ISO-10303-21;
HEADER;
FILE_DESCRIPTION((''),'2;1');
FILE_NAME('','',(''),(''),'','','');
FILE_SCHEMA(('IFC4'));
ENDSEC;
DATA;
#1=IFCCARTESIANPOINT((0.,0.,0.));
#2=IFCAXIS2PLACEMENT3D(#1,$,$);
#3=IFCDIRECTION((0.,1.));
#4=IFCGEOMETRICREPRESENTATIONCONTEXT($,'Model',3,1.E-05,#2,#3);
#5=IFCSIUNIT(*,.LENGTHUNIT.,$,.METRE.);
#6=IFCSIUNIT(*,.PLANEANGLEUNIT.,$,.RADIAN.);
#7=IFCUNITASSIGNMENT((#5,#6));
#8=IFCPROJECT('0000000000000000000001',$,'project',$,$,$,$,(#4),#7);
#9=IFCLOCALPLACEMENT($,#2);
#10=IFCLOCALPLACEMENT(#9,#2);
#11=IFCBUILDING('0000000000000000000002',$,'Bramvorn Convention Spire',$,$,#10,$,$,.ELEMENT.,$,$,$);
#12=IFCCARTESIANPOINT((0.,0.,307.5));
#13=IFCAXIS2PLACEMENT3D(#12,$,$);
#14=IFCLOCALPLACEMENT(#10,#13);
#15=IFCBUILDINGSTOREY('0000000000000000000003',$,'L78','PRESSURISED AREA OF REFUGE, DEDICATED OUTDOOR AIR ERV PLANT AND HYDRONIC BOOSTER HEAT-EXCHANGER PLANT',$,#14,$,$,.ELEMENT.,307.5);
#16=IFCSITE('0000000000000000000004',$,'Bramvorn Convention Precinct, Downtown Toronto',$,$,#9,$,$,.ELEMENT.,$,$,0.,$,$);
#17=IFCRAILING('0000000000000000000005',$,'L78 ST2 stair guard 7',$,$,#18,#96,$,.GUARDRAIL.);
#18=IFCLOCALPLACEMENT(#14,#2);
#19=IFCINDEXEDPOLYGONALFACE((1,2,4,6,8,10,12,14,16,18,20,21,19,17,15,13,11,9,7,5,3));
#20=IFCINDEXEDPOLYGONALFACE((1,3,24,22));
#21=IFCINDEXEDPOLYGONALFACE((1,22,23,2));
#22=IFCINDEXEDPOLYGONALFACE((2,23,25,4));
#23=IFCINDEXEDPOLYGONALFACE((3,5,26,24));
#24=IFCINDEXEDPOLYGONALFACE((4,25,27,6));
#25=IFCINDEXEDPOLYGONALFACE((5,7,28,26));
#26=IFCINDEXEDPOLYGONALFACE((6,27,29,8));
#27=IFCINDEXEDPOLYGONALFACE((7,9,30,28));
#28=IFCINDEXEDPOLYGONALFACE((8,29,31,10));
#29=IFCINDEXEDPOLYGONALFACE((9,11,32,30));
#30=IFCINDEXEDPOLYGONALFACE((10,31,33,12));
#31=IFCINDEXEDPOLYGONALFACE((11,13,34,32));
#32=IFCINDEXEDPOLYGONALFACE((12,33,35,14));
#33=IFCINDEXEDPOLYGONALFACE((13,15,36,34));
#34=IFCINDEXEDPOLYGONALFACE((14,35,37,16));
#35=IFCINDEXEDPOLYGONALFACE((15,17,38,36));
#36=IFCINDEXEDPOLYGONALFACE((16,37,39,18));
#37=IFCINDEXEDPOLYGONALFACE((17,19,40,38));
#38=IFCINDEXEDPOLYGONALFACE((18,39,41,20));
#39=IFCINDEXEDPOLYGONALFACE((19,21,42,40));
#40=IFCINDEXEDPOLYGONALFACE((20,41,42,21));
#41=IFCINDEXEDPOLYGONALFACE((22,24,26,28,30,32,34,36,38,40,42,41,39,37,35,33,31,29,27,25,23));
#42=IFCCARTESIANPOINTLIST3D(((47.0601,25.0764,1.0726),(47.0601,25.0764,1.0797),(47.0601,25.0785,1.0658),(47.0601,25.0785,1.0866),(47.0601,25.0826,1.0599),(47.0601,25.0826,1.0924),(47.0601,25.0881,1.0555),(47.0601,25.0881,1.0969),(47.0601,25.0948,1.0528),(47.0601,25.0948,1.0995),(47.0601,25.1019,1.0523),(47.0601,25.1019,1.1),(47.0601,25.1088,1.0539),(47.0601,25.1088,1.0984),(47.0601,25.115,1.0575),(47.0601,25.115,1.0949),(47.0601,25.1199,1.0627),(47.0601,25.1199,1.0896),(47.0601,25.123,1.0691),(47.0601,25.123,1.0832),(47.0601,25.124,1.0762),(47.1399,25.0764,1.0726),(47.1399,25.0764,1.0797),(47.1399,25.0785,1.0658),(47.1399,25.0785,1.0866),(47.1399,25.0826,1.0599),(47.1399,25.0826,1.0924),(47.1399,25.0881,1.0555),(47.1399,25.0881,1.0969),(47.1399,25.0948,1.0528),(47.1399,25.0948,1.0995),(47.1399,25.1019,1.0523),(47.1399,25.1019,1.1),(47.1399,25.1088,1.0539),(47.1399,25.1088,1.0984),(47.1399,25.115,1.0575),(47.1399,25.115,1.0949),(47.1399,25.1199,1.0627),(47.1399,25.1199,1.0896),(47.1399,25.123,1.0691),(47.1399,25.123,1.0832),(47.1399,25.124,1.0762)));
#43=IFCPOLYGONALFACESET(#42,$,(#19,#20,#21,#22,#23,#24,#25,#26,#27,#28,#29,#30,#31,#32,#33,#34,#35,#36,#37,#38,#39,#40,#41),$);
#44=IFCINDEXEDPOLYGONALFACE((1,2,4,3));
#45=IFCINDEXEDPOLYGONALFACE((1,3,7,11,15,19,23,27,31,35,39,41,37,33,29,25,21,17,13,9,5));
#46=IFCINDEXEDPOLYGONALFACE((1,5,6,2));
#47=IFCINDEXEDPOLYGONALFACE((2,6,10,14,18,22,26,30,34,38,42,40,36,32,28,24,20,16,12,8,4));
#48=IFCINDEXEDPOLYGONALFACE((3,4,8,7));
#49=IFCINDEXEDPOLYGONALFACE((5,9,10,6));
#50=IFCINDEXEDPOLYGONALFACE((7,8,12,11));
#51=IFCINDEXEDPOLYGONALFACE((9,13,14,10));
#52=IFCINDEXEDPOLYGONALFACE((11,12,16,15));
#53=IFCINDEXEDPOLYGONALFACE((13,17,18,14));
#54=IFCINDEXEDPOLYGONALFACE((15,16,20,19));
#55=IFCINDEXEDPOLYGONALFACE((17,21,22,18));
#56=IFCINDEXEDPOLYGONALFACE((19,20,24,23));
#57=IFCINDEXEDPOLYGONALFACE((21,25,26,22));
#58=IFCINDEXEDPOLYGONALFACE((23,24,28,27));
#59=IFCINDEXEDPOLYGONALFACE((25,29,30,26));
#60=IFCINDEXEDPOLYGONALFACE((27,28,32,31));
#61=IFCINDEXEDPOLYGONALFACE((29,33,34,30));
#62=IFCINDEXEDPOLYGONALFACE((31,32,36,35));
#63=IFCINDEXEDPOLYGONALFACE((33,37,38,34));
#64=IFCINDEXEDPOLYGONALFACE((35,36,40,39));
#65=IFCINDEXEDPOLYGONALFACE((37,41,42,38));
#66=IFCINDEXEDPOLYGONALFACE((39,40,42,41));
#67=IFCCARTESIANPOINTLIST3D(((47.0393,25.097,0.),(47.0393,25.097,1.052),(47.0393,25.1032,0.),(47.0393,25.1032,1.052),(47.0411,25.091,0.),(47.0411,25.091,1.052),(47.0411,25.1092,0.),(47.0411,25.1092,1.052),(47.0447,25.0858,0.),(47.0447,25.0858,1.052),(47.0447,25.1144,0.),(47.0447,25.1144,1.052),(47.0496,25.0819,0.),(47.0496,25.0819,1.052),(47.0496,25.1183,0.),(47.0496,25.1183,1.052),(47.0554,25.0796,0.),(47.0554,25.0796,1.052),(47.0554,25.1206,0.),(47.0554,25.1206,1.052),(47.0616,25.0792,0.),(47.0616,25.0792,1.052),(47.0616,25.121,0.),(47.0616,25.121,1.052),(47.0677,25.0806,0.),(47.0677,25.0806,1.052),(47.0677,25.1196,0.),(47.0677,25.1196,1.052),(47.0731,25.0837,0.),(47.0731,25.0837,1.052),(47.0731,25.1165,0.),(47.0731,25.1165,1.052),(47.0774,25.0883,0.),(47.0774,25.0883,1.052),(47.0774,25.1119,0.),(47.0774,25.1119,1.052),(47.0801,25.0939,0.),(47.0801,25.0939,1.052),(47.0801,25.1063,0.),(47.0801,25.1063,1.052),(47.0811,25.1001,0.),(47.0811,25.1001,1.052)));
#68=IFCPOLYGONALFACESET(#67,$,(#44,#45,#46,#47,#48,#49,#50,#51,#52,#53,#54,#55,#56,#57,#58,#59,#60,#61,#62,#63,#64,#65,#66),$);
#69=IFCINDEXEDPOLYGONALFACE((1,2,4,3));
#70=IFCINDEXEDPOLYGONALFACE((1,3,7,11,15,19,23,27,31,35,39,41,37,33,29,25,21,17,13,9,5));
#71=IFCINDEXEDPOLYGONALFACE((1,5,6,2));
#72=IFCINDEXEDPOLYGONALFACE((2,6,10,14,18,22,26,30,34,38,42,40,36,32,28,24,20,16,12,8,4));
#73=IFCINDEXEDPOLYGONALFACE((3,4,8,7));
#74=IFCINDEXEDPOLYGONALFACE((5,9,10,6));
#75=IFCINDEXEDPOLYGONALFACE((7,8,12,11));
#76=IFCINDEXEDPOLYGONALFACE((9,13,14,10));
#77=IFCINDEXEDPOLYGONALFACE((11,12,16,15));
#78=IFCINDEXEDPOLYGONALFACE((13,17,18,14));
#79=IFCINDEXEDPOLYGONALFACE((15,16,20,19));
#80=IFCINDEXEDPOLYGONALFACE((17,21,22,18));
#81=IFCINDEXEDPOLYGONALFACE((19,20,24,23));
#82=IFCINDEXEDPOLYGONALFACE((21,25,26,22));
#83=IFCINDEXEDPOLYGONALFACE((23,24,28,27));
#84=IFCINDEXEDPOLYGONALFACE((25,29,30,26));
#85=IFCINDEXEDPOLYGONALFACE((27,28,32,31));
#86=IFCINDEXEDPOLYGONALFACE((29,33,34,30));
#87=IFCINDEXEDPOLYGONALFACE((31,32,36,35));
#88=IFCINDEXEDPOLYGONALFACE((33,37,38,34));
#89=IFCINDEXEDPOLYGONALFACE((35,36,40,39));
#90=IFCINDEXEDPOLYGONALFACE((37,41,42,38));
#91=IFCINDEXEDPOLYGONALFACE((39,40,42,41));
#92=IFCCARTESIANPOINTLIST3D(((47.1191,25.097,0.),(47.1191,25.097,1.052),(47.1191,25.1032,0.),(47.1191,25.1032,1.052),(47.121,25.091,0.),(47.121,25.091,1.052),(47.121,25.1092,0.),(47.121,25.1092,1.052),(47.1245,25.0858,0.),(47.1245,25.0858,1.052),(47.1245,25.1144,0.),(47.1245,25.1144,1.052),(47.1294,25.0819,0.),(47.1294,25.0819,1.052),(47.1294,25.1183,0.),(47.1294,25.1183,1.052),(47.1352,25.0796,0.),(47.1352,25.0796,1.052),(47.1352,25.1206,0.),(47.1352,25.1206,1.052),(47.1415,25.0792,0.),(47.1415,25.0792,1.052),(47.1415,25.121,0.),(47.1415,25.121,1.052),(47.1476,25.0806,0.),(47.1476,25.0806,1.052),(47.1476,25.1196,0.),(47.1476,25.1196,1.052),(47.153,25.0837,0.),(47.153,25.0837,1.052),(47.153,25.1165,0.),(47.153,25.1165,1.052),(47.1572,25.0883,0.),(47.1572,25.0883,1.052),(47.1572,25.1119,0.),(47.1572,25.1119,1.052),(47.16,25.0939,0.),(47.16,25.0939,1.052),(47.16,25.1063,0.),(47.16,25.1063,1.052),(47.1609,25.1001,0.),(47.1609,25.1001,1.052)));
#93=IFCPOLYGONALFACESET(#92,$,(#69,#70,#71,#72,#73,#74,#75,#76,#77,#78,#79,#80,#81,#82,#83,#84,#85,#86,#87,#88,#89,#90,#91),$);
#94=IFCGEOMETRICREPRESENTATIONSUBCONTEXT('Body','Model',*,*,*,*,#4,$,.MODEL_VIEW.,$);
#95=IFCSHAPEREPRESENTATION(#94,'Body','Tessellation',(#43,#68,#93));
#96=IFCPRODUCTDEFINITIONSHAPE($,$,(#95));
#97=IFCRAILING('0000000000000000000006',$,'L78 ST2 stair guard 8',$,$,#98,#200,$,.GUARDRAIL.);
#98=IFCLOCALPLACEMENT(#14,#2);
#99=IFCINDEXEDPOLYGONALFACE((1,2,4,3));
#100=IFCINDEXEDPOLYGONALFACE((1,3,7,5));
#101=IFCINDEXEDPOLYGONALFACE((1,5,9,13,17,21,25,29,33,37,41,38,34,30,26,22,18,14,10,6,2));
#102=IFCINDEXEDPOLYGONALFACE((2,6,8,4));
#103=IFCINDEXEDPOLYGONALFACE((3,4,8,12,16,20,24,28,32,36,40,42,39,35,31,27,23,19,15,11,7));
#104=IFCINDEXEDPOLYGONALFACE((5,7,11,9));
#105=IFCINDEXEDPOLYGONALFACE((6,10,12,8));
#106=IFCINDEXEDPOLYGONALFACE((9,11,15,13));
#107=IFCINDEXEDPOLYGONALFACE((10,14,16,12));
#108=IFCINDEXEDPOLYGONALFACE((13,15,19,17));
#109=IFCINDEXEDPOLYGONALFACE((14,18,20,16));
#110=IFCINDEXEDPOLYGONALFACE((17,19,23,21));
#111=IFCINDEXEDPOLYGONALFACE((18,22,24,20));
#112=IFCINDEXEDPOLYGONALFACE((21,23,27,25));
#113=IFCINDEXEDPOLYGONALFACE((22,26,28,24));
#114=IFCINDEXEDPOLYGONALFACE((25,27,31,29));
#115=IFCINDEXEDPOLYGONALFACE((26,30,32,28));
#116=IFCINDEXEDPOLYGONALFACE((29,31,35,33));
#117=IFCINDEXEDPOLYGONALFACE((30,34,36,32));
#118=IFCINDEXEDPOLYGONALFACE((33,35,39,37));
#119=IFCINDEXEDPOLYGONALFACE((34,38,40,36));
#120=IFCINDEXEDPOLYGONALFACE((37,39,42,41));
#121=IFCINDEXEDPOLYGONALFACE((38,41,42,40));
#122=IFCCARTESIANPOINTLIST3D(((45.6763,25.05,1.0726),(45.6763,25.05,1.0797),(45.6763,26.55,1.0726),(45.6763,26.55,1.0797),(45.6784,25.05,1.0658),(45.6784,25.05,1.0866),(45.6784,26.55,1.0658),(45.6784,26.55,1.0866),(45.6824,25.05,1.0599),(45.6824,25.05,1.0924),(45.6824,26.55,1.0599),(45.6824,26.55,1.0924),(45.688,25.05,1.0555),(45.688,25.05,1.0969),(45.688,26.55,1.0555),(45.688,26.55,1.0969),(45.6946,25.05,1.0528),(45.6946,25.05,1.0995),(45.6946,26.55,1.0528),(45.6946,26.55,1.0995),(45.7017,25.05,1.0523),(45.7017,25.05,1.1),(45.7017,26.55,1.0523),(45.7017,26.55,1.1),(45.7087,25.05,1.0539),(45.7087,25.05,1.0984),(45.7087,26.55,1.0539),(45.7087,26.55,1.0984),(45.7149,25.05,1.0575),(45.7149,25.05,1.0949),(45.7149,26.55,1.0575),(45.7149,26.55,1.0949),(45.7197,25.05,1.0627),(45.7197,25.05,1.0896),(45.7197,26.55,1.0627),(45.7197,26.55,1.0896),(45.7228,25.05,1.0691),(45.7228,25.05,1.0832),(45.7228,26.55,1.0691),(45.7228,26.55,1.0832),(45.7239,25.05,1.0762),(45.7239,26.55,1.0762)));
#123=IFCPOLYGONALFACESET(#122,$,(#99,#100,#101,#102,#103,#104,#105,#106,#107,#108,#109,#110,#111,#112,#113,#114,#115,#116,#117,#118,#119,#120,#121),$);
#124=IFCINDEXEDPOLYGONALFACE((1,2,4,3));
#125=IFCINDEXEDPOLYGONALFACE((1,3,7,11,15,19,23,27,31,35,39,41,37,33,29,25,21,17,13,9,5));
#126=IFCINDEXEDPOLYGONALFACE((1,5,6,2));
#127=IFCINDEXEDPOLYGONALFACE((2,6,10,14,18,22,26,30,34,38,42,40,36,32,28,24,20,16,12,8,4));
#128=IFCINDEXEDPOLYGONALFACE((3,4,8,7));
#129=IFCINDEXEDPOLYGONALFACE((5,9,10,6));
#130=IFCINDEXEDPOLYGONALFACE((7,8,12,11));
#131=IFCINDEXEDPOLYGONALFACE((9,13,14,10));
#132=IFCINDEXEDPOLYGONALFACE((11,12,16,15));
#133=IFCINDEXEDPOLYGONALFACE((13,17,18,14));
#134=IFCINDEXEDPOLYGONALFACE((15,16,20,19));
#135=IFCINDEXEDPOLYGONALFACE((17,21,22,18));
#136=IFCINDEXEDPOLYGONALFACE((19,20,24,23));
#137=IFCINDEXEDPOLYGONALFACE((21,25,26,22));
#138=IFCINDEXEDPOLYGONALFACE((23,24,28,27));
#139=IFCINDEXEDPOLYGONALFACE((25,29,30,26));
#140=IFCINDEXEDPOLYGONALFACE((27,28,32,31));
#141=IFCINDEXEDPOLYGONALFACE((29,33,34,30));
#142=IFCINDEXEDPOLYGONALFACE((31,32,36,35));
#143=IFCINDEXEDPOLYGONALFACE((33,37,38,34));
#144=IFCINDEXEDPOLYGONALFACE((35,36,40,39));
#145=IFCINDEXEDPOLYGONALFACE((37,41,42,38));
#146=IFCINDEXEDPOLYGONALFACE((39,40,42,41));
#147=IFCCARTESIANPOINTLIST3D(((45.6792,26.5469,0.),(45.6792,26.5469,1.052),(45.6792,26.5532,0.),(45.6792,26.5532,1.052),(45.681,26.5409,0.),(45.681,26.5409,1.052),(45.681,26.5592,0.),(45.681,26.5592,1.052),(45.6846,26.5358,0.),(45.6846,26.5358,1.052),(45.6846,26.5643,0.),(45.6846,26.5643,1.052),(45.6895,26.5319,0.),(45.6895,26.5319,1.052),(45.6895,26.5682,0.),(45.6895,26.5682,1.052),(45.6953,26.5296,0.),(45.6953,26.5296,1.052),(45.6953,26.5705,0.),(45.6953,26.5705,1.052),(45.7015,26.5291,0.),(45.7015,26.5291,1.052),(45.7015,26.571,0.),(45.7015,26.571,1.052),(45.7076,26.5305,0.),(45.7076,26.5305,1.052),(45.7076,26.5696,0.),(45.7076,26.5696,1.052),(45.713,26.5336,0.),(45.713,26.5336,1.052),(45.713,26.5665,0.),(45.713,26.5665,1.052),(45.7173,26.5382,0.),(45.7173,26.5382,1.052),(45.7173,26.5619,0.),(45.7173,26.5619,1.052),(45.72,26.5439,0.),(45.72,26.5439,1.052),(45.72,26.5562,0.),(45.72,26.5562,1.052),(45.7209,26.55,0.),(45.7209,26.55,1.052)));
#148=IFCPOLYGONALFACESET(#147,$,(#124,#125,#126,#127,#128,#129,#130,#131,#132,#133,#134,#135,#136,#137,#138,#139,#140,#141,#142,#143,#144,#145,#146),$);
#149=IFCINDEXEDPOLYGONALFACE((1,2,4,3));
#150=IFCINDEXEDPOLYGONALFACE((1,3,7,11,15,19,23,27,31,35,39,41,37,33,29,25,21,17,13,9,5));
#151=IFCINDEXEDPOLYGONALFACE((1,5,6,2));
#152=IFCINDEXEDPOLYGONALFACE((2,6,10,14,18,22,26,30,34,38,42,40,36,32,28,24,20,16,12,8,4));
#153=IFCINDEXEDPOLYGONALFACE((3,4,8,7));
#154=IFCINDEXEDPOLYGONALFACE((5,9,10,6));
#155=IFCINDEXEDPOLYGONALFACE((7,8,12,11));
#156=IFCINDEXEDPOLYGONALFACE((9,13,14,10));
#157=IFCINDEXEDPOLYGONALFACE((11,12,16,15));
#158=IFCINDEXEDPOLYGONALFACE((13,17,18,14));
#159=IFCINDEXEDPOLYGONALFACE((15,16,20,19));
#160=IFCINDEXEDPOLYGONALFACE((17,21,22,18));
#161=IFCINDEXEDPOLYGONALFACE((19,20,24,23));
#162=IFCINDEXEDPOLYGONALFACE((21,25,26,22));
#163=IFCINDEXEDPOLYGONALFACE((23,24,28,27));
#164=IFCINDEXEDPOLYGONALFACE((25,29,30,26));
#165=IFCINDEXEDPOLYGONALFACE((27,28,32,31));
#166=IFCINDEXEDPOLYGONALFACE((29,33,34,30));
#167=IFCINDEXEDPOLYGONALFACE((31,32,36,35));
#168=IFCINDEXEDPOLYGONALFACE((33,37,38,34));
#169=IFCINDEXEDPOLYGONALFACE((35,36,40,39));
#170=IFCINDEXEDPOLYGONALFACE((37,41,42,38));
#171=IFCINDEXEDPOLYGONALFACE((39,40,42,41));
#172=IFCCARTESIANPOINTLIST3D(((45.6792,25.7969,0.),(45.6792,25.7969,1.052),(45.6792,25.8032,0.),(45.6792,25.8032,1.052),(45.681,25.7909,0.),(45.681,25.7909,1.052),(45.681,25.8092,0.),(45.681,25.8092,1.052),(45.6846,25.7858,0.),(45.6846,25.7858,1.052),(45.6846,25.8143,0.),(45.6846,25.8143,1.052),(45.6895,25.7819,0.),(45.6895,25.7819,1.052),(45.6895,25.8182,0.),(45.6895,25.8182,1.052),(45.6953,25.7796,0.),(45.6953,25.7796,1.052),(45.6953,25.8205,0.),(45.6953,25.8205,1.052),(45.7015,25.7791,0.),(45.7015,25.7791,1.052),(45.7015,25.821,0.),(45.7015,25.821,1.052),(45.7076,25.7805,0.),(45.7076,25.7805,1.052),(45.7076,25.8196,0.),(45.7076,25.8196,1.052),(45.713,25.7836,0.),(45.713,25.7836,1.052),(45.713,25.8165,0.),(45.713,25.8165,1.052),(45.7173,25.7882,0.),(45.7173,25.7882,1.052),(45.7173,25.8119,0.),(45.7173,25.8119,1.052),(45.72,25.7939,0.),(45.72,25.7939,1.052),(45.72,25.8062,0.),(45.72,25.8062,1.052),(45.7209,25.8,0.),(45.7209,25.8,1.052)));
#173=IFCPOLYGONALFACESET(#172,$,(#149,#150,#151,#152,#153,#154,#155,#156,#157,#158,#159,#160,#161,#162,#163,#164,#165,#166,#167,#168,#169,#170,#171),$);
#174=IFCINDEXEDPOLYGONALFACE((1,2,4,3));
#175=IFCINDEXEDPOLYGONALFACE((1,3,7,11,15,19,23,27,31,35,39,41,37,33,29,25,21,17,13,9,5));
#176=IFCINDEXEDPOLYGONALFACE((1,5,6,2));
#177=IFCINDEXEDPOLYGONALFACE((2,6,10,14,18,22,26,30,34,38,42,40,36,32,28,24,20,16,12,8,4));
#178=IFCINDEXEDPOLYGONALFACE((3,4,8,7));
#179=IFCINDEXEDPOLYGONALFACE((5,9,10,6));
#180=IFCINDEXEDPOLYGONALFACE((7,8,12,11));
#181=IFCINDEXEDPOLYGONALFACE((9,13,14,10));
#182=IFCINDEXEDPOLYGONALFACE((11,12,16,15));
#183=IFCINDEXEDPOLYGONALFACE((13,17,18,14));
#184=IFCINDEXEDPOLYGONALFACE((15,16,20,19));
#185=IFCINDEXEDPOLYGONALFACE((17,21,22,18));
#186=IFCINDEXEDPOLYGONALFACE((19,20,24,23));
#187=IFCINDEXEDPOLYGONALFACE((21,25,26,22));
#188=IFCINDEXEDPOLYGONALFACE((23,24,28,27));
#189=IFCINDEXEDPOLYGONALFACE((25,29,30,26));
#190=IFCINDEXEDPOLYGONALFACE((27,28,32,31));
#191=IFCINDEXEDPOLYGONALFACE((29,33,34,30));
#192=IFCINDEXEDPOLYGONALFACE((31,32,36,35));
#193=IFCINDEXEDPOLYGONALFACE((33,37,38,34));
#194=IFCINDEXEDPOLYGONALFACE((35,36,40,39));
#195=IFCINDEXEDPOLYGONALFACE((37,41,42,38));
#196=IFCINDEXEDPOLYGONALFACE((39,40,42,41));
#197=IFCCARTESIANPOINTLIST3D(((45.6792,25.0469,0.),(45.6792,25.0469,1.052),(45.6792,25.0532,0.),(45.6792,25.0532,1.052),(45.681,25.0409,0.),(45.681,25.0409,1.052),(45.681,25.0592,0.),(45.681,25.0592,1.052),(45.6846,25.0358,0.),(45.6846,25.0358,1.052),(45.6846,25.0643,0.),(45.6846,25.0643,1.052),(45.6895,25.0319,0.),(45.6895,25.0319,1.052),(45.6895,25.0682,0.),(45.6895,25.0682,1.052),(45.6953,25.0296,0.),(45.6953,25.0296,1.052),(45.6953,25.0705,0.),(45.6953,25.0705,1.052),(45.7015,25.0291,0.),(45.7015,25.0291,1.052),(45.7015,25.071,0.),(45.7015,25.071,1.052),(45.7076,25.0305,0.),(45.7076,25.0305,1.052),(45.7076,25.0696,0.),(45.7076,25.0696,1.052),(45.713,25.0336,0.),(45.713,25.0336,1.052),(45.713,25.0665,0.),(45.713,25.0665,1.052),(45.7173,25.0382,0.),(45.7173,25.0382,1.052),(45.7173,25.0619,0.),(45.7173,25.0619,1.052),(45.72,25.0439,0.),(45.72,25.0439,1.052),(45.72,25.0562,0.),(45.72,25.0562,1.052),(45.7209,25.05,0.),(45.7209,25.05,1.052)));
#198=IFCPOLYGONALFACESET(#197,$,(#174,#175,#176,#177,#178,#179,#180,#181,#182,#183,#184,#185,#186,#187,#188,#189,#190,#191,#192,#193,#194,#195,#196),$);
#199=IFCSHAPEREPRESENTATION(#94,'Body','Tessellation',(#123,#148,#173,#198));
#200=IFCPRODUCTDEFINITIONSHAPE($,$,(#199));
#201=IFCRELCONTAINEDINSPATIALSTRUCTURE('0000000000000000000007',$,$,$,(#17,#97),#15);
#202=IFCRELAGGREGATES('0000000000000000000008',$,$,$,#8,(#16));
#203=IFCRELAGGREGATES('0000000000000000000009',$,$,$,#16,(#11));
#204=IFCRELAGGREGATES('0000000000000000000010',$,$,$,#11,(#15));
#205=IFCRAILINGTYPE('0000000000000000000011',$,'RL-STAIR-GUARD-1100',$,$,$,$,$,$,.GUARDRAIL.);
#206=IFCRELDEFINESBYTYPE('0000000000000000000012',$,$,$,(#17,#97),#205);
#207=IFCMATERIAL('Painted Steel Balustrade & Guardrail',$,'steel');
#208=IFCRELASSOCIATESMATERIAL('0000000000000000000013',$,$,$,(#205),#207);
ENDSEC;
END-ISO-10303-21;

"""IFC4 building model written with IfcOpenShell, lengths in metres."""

from ifc_helpers import new_model, si_unit, direction, frame, origin, origin_2d, place, context, subcontext, project, spatial, circle, extrude, material, type_object, element, save


model = new_model("IFC4")

# Units and contexts
model_context = context("Model", 3, precision=1e-05, world=origin(), true_north=direction((0.0, 1.0)))
body_context = subcontext(model_context, "Body", "Model", "MODEL_VIEW")
ifc_project = project(units=[si_unit("LENGTHUNIT", "METRE"), si_unit("PLANEANGLEUNIT", "RADIAN")], contexts=[model_context])

# Site, building, storey
site_placement = place(None, origin())
site = spatial("IfcSite", under=ifc_project, at=site_placement, Name="Bramvorn Convention Precinct, Downtown Toronto", CompositionType="ELEMENT", RefElevation=0.0)
building_placement = place(site_placement, origin())
building = spatial("IfcBuilding", under=site, at=building_placement, Name="Bramvorn Convention Spire", CompositionType="ELEMENT")
storey_placement = place(building_placement, frame((0.0, 0.0, 307.5)))
storey = spatial("IfcBuildingStorey", under=building, at=storey_placement, Name="L78", Description="PRESSURISED AREA OF REFUGE, DEDICATED OUTDOOR AIR ERV PLANT AND HYDRONIC BOOSTER HEAT-EXCHANGER PLANT", CompositionType="ELEMENT", Elevation=307.5)

# Railings
ifc_material_1 = material(Name="Painted Steel Balustrade & Guardrail", Category="steel")
railing_type_1 = type_object("IfcRailingType", Name="RL-STAIR-GUARD-1100", PredefinedType="GUARDRAIL", material=ifc_material_1)
railing_1_placement = place(storey_placement, frame((47.0601, 25.1001, 0.0)))
element("IfcRailing", 1, at=railing_1_placement, inside=storey, type_object=railing_type_1, Name="L78 ST2 stair guard 7", PredefinedType="GUARDRAIL", context=body_context, shape_type="SweptSolid", body=[
    extrude(circle(Radius=0.0239, at=origin_2d()), frame((0.0, 0.0, 1.0762), z_axis=(1.0, 0.0, 0.0), x_axis=(0.0, 1.0, 0.0)), (0.0, 0.0, 1.0), 0.0798),
    extrude(circle(Radius=0.021, at=origin_2d()), origin(), (0.0, 0.0, 1.0), 1.052),
    extrude(circle(Radius=0.021, at=origin_2d()), frame((0.0798, 0.0, 0.0)), (0.0, 0.0, 1.0), 1.052),
])
railing_2_placement = place(storey_placement, frame((45.7, 26.55, 0.0)))
element("IfcRailing", 2, at=railing_2_placement, inside=storey, type_object=railing_type_1, Name="L78 ST2 stair guard 8", PredefinedType="GUARDRAIL", context=body_context, shape_type="SweptSolid", body=[
    extrude(circle(Radius=0.0239, at=origin_2d()), frame((0.0, 0.0, 1.0762), z_axis=(0.0, -1.0, 0.0), x_axis=(1.0, 0.0, 0.0)), (0.0, 0.0, 1.0), 1.5),
    extrude(circle(Radius=0.021, at=origin_2d()), origin(), (0.0, 0.0, 1.0), 1.052),
    extrude(circle(Radius=0.021, at=origin_2d()), frame((0.0, -0.75, 0.0)), (0.0, 0.0, 1.0), 1.052),
    extrude(circle(Radius=0.021, at=origin_2d()), frame((0.0, -1.5, 0.0)), (0.0, 0.0, 1.0), 1.052),
])

save(model, "model.ifc")
